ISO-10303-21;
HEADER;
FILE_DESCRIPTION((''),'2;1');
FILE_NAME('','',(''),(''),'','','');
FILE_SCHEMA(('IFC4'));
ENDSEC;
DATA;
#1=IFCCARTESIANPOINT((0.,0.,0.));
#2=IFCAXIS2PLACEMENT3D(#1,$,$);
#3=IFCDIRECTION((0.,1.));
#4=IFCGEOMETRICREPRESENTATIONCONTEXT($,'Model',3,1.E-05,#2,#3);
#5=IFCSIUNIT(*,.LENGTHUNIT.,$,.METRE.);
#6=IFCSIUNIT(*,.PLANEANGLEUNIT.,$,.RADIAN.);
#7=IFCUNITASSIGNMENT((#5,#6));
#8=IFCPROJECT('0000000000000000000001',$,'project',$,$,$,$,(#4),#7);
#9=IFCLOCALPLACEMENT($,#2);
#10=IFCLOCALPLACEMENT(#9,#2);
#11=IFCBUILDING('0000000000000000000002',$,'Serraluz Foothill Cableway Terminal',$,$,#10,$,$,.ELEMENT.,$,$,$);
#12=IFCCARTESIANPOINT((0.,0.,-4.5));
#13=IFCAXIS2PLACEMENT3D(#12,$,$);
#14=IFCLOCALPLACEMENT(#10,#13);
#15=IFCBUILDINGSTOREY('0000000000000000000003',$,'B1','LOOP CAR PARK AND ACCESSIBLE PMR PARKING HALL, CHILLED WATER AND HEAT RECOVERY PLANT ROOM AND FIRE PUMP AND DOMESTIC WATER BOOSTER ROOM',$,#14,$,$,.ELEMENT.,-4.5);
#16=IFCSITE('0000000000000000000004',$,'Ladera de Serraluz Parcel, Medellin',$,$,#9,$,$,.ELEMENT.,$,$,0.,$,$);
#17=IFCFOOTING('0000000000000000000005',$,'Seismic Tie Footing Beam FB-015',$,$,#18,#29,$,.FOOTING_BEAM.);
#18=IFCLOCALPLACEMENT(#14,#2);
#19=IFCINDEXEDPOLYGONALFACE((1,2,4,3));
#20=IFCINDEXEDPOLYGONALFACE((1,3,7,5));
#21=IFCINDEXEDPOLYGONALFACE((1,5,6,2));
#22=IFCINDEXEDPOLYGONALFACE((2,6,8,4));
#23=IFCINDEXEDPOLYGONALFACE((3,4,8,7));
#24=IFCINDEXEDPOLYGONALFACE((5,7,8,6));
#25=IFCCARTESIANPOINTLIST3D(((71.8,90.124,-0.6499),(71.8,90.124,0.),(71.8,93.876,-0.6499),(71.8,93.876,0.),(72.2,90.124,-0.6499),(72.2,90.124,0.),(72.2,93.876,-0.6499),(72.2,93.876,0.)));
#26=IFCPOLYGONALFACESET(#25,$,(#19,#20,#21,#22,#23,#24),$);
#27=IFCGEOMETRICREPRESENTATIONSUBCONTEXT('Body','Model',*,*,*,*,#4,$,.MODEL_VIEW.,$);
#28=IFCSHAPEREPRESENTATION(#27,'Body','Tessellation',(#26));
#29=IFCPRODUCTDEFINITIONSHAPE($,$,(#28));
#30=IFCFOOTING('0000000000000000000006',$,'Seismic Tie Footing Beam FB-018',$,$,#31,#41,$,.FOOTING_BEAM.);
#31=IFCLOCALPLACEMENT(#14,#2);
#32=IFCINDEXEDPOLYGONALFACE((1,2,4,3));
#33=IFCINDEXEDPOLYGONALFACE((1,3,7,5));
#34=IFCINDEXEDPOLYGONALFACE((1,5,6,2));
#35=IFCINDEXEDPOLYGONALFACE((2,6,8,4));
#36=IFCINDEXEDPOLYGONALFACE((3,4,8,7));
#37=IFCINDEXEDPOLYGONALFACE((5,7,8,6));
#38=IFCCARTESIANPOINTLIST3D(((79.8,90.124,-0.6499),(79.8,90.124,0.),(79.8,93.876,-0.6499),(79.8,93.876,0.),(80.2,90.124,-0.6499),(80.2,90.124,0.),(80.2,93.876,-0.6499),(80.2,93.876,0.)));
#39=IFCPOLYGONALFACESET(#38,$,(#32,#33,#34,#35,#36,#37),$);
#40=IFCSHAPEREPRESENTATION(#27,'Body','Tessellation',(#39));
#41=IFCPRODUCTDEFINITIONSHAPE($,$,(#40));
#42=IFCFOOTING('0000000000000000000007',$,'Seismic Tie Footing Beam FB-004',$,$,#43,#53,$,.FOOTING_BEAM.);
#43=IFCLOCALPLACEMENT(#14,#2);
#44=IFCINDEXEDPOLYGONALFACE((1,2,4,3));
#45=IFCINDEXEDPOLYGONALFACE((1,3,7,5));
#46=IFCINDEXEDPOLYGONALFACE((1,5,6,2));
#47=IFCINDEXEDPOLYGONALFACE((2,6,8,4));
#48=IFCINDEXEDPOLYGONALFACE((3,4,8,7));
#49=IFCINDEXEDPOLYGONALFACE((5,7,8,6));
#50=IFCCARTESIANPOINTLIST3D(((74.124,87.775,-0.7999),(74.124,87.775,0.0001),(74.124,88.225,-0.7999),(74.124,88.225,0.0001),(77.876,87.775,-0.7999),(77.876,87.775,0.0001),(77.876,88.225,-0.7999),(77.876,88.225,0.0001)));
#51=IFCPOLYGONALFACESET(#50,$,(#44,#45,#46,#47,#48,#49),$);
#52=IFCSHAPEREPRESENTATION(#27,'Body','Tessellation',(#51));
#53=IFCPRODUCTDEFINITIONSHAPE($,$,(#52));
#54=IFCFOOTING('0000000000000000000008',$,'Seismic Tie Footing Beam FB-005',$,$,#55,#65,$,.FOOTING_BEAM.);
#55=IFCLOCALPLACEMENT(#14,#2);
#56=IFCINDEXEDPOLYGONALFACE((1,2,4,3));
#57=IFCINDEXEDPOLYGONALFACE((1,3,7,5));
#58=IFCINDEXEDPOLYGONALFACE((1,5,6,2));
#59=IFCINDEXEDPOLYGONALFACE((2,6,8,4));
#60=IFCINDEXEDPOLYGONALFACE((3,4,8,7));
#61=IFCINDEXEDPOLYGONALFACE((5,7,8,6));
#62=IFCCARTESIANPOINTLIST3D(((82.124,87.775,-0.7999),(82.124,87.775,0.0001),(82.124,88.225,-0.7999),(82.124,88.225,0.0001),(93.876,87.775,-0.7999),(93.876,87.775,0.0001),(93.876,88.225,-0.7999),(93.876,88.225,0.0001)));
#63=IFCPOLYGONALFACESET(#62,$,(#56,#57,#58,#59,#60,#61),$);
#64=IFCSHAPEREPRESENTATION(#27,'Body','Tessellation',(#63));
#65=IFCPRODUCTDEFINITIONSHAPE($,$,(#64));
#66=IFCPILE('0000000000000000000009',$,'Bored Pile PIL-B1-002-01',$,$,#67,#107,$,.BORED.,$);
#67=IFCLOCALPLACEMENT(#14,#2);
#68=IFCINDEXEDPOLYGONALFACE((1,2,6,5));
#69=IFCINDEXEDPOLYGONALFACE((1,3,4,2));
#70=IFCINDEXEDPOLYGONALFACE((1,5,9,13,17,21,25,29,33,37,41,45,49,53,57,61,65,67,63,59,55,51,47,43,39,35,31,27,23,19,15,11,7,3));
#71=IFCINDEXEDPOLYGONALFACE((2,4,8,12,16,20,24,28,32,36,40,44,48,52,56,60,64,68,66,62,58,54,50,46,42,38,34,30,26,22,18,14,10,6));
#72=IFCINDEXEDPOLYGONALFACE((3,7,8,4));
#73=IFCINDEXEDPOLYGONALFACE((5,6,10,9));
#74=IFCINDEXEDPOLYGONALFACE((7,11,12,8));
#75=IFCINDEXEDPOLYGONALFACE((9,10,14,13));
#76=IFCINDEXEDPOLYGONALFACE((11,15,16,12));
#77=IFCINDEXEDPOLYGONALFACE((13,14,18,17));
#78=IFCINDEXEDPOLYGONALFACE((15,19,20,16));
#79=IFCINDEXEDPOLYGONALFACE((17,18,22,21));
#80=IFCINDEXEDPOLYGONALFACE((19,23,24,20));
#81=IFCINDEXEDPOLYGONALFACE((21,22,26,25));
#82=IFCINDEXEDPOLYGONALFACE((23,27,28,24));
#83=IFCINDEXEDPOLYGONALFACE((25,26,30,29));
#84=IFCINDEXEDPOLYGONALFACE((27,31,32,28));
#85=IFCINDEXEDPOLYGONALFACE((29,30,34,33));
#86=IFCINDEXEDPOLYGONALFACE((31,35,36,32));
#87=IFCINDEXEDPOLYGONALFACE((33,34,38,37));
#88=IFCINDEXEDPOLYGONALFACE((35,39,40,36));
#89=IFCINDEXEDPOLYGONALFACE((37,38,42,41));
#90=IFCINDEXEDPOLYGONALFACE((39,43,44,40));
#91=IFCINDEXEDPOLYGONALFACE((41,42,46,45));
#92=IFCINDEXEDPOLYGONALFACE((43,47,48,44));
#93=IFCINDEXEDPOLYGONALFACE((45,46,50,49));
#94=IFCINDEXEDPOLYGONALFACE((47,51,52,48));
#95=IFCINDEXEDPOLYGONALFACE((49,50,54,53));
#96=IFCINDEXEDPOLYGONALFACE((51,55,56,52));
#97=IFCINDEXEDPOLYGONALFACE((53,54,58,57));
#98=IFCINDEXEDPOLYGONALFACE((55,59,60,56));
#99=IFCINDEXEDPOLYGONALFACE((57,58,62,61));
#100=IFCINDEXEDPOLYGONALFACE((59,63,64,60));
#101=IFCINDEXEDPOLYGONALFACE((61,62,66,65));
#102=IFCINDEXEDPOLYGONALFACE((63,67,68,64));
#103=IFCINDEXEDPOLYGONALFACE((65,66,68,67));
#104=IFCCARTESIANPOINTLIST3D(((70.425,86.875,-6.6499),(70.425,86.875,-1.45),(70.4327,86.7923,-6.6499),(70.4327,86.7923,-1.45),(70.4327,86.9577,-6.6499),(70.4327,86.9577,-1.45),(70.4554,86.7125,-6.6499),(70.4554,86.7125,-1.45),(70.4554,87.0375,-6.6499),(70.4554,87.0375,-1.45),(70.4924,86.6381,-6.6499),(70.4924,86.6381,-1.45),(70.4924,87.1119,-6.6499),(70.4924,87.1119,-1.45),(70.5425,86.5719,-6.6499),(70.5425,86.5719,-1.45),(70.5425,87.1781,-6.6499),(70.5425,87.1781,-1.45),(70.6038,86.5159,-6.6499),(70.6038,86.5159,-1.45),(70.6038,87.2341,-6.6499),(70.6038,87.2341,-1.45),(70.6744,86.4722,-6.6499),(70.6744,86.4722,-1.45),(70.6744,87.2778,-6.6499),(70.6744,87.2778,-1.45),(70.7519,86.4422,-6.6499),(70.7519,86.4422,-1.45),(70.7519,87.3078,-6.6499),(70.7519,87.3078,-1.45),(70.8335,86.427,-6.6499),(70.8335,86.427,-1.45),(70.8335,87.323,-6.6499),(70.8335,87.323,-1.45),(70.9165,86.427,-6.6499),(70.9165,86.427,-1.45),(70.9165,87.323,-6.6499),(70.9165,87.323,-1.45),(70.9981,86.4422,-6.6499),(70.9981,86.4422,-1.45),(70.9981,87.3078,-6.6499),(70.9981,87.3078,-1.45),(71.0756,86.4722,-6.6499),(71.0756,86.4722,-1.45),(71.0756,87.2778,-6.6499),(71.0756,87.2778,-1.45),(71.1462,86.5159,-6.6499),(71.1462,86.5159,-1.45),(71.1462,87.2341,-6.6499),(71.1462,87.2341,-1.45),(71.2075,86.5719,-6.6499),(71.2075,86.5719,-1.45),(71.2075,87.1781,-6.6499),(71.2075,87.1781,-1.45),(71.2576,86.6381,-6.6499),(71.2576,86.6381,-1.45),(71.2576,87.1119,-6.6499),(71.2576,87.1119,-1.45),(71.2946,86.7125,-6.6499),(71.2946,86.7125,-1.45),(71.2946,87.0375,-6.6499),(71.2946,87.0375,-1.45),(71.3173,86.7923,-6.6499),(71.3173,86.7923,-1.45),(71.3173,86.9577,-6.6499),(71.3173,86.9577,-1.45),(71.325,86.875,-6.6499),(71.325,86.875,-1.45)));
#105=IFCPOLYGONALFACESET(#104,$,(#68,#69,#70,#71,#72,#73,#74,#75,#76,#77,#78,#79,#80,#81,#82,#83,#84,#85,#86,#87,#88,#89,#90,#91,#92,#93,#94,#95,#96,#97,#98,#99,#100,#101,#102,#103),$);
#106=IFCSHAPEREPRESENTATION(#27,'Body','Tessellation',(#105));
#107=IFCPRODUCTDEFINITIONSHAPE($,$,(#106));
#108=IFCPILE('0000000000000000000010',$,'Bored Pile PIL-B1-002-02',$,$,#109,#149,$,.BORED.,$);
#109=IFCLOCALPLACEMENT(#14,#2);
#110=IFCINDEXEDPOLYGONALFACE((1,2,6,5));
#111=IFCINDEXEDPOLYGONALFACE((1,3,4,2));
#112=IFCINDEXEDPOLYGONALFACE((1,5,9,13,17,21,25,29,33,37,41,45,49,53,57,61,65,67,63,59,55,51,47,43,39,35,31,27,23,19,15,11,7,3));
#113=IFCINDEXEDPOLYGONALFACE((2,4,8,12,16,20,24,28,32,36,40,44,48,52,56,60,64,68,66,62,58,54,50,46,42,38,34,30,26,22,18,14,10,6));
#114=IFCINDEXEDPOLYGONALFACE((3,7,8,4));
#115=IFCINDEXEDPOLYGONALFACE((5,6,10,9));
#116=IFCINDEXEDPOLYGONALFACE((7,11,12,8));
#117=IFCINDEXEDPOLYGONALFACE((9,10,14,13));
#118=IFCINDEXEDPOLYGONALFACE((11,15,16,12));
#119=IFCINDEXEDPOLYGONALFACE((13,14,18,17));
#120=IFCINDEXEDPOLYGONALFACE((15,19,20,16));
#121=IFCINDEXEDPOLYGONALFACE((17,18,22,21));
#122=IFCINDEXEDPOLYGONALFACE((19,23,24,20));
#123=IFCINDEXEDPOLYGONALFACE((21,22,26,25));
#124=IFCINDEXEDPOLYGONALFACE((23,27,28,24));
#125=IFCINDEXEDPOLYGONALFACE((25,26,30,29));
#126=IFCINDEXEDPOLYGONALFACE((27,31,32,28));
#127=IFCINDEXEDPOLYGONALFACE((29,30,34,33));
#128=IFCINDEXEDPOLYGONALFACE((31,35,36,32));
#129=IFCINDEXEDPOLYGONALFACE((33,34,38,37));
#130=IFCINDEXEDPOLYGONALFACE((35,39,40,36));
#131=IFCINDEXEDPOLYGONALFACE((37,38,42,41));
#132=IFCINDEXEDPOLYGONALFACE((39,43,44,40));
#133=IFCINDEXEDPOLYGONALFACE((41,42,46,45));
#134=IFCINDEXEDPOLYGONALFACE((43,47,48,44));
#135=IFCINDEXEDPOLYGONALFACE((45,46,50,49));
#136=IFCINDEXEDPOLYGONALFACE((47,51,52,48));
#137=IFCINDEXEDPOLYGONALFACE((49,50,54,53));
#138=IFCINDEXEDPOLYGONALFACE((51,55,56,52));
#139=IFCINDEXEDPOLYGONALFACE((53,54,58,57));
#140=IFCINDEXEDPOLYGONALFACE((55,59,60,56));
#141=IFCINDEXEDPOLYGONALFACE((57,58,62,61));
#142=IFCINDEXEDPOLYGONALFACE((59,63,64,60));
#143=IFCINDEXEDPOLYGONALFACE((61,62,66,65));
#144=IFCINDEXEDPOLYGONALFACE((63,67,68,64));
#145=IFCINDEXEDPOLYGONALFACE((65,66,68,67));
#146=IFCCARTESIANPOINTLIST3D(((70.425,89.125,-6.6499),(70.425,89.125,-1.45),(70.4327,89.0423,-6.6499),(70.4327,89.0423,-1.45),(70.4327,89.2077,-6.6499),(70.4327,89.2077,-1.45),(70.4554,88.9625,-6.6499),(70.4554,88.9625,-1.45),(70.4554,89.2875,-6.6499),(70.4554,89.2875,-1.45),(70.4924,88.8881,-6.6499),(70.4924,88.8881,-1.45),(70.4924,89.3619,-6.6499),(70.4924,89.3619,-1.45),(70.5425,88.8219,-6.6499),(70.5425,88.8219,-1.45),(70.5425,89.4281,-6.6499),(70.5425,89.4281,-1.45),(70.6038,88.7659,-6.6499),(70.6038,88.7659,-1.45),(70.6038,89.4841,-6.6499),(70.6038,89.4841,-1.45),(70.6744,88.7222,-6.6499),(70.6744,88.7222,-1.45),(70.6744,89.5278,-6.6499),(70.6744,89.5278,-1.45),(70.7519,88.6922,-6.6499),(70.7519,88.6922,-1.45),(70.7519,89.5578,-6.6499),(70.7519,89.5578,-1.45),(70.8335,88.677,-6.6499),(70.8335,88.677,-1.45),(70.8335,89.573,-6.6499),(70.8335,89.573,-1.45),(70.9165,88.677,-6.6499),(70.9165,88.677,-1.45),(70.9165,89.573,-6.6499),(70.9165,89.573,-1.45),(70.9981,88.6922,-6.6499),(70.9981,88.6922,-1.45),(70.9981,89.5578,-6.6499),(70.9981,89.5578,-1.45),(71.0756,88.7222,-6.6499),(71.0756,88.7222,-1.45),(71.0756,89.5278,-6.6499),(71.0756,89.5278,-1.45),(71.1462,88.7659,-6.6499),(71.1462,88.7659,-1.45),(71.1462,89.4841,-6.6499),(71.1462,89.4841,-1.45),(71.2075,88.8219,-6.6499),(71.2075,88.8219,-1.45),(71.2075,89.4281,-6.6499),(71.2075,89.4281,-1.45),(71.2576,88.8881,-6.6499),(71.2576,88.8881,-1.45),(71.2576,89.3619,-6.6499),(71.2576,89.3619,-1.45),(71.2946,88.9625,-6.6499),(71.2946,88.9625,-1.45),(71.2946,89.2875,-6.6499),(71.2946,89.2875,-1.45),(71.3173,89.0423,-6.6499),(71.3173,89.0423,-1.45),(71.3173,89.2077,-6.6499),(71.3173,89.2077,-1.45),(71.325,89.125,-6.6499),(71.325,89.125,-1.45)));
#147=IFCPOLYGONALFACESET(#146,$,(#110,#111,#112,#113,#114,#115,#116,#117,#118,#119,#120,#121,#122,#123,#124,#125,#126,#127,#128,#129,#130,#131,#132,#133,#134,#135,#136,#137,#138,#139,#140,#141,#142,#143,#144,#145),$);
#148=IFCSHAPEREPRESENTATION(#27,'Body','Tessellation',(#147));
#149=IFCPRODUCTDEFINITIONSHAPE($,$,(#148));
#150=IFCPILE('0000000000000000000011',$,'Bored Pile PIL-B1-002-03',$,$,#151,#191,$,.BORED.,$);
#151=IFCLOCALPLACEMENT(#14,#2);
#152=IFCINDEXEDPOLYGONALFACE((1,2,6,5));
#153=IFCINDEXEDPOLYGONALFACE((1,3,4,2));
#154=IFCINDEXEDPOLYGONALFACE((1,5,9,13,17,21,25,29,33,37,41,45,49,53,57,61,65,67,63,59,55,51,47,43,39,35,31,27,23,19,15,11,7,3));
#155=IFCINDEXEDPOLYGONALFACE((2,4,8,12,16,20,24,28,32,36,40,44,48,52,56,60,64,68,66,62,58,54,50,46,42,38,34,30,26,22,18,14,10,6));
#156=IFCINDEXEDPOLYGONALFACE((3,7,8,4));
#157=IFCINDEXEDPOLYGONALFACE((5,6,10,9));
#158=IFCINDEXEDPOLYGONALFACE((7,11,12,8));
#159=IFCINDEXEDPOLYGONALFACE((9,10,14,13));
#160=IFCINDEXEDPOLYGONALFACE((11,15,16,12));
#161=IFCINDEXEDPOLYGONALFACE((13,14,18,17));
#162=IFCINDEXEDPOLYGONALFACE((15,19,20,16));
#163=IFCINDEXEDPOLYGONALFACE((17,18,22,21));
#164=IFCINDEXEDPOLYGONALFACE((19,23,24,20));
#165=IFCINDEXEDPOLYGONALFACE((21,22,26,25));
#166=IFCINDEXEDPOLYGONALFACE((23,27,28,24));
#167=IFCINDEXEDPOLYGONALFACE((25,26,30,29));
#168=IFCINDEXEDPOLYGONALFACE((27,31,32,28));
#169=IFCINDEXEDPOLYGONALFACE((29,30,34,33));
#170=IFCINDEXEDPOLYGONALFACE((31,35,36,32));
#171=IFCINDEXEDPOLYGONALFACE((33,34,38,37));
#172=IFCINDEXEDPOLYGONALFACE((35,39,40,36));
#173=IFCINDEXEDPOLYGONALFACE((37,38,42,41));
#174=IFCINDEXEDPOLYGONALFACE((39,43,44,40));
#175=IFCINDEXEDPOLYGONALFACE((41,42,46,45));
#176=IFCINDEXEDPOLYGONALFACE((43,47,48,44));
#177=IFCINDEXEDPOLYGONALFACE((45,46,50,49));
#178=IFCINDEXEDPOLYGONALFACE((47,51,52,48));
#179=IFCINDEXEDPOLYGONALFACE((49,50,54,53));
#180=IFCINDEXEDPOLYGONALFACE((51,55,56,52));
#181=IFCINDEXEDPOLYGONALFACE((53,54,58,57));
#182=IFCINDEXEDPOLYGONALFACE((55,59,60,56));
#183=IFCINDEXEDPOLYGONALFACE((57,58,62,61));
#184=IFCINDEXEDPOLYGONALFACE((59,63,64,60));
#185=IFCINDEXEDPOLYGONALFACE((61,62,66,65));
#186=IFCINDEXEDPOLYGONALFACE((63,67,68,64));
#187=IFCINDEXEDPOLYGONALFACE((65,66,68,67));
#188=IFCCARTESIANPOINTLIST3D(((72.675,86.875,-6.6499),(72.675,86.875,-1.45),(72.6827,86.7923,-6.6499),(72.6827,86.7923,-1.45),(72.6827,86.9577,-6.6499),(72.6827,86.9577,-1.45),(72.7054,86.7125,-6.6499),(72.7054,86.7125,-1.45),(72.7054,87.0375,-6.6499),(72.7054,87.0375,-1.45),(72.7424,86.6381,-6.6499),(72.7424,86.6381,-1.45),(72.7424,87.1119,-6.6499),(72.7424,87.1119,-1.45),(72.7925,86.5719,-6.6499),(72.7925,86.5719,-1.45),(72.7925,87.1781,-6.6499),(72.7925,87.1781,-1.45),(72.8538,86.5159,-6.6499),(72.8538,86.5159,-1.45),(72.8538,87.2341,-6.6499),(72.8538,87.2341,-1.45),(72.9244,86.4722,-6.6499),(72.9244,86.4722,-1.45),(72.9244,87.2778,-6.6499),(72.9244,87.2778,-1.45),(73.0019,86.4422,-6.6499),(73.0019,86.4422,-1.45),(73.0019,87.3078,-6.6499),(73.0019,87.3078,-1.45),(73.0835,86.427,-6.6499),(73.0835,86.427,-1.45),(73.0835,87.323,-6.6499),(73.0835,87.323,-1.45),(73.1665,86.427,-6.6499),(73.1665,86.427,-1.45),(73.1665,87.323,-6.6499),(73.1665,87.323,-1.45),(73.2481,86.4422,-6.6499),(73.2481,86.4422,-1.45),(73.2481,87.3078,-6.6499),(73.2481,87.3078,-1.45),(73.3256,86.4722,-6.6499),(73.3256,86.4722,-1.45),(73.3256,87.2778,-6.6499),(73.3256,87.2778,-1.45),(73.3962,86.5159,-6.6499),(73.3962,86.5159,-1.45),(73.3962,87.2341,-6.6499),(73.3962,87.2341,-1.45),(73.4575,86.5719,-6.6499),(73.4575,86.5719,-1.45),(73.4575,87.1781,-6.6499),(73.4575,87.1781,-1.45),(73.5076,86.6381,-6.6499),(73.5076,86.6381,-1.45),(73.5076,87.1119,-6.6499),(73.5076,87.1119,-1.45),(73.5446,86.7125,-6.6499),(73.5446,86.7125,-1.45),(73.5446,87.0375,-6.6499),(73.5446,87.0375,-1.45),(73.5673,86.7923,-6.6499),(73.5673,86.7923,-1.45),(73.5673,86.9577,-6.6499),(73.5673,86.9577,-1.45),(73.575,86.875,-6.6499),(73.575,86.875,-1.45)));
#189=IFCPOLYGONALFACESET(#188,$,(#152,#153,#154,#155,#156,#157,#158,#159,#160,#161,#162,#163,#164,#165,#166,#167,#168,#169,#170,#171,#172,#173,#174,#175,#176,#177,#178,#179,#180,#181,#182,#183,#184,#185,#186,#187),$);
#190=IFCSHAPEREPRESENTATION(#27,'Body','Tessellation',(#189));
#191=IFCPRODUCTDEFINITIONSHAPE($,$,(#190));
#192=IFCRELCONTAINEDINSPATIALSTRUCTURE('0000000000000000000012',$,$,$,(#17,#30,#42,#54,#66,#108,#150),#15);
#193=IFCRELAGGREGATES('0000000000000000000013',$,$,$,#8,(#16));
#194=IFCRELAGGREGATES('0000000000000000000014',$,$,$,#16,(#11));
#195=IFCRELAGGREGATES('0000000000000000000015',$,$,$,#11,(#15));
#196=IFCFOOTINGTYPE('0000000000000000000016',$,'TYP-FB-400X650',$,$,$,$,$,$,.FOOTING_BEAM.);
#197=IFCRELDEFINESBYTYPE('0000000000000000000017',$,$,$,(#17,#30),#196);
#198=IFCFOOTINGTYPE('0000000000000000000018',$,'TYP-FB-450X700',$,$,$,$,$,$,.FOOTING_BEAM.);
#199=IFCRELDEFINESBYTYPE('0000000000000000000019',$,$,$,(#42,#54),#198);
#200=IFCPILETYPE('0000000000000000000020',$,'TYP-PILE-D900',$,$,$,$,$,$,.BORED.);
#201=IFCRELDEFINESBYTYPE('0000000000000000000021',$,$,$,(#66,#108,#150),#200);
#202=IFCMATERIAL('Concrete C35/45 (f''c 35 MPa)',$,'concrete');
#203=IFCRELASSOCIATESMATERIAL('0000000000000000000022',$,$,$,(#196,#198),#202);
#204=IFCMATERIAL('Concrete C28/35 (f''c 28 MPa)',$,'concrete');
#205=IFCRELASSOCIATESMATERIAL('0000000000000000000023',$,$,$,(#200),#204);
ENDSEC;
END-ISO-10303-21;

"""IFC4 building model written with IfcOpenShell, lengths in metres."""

from ifc_helpers import new_model, si_unit, direction, frame, origin, origin_2d, place, context, subcontext, project, spatial, rectangle, circle, extrude, material, material_profile, profile_set, type_object, element, save


model = new_model("IFC4")

# Units and contexts
model_context = context("Model", 3, precision=1e-05, world=origin(), true_north=direction((0.0, 1.0)))
body_context = subcontext(model_context, "Body", "Model", "MODEL_VIEW")
ifc_project = project(units=[si_unit("LENGTHUNIT", "METRE"), si_unit("PLANEANGLEUNIT", "RADIAN")], contexts=[model_context])

# Site, building, storey
site_placement = place(None, origin())
site = spatial("IfcSite", under=ifc_project, at=site_placement, Name="Ladera de Serraluz Parcel, Medellin", CompositionType="ELEMENT", RefElevation=0.0)
building_placement = place(site_placement, origin())
building = spatial("IfcBuilding", under=site, at=building_placement, Name="Serraluz Foothill Cableway Terminal", CompositionType="ELEMENT")
storey_placement = place(building_placement, frame((0.0, 0.0, -4.5)))
storey = spatial("IfcBuildingStorey", under=building, at=storey_placement, Name="B1", Description="LOOP CAR PARK AND ACCESSIBLE PMR PARKING HALL, CHILLED WATER AND HEAT RECOVERY PLANT ROOM AND FIRE PUMP AND DOMESTIC WATER BOOSTER ROOM", CompositionType="ELEMENT", Elevation=-4.5)

# Footings
ifc_material_1 = material(Name="Concrete C35/45 (f'c 35 MPa)", Category="concrete")
ifc_material_profile_1 = material_profile(ifc_material_1, rectangle(XDim=0.3999, YDim=0.6499, at=origin_2d()), Name="RC 400x650")
ifc_profile_set_1 = profile_set([ifc_material_profile_1], Name="Concrete C35/45 (f'c 35 MPa)")
footing_type_1 = type_object("IfcFootingType", Name="TYP-FB-400X650", PredefinedType="FOOTING_BEAM", material=ifc_profile_set_1)
for number, where, z_axis, x_axis, name in (
    (1, (72.0, 90.124, -0.325), (0.0, 1.0, 0.0), (-1.0, 0.0, 0.0), "Seismic Tie Footing Beam FB-015"),
    (2, (80.0, 90.124, -0.325), (0.0, 1.0, 0.0), (-1.0, 0.0, 0.0), "Seismic Tie Footing Beam FB-018"),
):
    element("IfcFooting", number, at=place(storey_placement, frame(where, z_axis=z_axis, x_axis=x_axis)), inside=storey, type_object=footing_type_1, Name=name, PredefinedType="FOOTING_BEAM", context=body_context, shape_type="SweptSolid", body=[
        extrude(rectangle(XDim=0.3999, YDim=0.6499, at=origin_2d()), origin(), (0.0, 0.0, 1.0), 3.752),
    ])
ifc_material_profile_2 = material_profile(ifc_material_1, rectangle(XDim=0.45, YDim=0.8, at=origin_2d()), Name="RC 450x800")
ifc_profile_set_2 = profile_set([ifc_material_profile_2], Name="Concrete C35/45 (f'c 35 MPa)")
footing_type_2 = type_object("IfcFootingType", Name="TYP-FB-450X700", PredefinedType="FOOTING_BEAM", material=ifc_profile_set_2)
footing_1_placement = place(storey_placement, frame((74.124, 88.0, -0.3999), z_axis=(1.0, 0.0, 0.0), x_axis=(0.0, 1.0, 0.0)))
element("IfcFooting", 3, at=footing_1_placement, inside=storey, type_object=footing_type_2, Name="Seismic Tie Footing Beam FB-004", PredefinedType="FOOTING_BEAM", context=body_context, shape_type="SweptSolid", body=[
    extrude(rectangle(XDim=0.45, YDim=0.8, at=origin_2d()), origin(), (0.0, 0.0, 1.0), 3.752),
])
footing_2_placement = place(storey_placement, frame((82.124, 88.0, -0.3999), z_axis=(1.0, 0.0, 0.0), x_axis=(0.0, 1.0, 0.0)))
element("IfcFooting", 4, at=footing_2_placement, inside=storey, type_object=footing_type_2, Name="Seismic Tie Footing Beam FB-005", PredefinedType="FOOTING_BEAM", context=body_context, shape_type="SweptSolid", body=[
    extrude(rectangle(XDim=0.45, YDim=0.8, at=origin_2d()), origin(), (0.0, 0.0, 1.0), 11.752),
])

# Piles
ifc_material_2 = material(Name="Concrete C28/35 (f'c 28 MPa)", Category="concrete")
ifc_material_profile_3 = material_profile(ifc_material_2, circle(Radius=0.45, at=origin_2d()), Name="BORED PILE D900")
ifc_profile_set_3 = profile_set([ifc_material_profile_3], Name="Concrete C28/35 (f'c 28 MPa)")
pile_type = type_object("IfcPileType", Name="TYP-PILE-D900", PredefinedType="BORED", material=ifc_profile_set_3)
for number, where, z_axis, x_axis, name in (
    (5, (70.875, 86.875, -1.45), (0.0, 0.0, -1.0), (1.0, 0.0, 0.0), "Bored Pile PIL-B1-002-01"),
    (6, (70.875, 89.125, -1.45), (0.0, 0.0, -1.0), (1.0, 0.0, 0.0), "Bored Pile PIL-B1-002-02"),
    (7, (73.125, 86.875, -1.45), (0.0, 0.0, -1.0), (1.0, 0.0, 0.0), "Bored Pile PIL-B1-002-03"),
):
    element("IfcPile", number, at=place(storey_placement, frame(where, z_axis=z_axis, x_axis=x_axis)), inside=storey, type_object=pile_type, Name=name, PredefinedType="BORED", context=body_context, shape_type="SweptSolid", body=[
        extrude(circle(Radius=0.45, at=origin_2d()), origin(), (0.0, 0.0, 1.0), 5.2),
    ])

save(model, "model.ifc")
